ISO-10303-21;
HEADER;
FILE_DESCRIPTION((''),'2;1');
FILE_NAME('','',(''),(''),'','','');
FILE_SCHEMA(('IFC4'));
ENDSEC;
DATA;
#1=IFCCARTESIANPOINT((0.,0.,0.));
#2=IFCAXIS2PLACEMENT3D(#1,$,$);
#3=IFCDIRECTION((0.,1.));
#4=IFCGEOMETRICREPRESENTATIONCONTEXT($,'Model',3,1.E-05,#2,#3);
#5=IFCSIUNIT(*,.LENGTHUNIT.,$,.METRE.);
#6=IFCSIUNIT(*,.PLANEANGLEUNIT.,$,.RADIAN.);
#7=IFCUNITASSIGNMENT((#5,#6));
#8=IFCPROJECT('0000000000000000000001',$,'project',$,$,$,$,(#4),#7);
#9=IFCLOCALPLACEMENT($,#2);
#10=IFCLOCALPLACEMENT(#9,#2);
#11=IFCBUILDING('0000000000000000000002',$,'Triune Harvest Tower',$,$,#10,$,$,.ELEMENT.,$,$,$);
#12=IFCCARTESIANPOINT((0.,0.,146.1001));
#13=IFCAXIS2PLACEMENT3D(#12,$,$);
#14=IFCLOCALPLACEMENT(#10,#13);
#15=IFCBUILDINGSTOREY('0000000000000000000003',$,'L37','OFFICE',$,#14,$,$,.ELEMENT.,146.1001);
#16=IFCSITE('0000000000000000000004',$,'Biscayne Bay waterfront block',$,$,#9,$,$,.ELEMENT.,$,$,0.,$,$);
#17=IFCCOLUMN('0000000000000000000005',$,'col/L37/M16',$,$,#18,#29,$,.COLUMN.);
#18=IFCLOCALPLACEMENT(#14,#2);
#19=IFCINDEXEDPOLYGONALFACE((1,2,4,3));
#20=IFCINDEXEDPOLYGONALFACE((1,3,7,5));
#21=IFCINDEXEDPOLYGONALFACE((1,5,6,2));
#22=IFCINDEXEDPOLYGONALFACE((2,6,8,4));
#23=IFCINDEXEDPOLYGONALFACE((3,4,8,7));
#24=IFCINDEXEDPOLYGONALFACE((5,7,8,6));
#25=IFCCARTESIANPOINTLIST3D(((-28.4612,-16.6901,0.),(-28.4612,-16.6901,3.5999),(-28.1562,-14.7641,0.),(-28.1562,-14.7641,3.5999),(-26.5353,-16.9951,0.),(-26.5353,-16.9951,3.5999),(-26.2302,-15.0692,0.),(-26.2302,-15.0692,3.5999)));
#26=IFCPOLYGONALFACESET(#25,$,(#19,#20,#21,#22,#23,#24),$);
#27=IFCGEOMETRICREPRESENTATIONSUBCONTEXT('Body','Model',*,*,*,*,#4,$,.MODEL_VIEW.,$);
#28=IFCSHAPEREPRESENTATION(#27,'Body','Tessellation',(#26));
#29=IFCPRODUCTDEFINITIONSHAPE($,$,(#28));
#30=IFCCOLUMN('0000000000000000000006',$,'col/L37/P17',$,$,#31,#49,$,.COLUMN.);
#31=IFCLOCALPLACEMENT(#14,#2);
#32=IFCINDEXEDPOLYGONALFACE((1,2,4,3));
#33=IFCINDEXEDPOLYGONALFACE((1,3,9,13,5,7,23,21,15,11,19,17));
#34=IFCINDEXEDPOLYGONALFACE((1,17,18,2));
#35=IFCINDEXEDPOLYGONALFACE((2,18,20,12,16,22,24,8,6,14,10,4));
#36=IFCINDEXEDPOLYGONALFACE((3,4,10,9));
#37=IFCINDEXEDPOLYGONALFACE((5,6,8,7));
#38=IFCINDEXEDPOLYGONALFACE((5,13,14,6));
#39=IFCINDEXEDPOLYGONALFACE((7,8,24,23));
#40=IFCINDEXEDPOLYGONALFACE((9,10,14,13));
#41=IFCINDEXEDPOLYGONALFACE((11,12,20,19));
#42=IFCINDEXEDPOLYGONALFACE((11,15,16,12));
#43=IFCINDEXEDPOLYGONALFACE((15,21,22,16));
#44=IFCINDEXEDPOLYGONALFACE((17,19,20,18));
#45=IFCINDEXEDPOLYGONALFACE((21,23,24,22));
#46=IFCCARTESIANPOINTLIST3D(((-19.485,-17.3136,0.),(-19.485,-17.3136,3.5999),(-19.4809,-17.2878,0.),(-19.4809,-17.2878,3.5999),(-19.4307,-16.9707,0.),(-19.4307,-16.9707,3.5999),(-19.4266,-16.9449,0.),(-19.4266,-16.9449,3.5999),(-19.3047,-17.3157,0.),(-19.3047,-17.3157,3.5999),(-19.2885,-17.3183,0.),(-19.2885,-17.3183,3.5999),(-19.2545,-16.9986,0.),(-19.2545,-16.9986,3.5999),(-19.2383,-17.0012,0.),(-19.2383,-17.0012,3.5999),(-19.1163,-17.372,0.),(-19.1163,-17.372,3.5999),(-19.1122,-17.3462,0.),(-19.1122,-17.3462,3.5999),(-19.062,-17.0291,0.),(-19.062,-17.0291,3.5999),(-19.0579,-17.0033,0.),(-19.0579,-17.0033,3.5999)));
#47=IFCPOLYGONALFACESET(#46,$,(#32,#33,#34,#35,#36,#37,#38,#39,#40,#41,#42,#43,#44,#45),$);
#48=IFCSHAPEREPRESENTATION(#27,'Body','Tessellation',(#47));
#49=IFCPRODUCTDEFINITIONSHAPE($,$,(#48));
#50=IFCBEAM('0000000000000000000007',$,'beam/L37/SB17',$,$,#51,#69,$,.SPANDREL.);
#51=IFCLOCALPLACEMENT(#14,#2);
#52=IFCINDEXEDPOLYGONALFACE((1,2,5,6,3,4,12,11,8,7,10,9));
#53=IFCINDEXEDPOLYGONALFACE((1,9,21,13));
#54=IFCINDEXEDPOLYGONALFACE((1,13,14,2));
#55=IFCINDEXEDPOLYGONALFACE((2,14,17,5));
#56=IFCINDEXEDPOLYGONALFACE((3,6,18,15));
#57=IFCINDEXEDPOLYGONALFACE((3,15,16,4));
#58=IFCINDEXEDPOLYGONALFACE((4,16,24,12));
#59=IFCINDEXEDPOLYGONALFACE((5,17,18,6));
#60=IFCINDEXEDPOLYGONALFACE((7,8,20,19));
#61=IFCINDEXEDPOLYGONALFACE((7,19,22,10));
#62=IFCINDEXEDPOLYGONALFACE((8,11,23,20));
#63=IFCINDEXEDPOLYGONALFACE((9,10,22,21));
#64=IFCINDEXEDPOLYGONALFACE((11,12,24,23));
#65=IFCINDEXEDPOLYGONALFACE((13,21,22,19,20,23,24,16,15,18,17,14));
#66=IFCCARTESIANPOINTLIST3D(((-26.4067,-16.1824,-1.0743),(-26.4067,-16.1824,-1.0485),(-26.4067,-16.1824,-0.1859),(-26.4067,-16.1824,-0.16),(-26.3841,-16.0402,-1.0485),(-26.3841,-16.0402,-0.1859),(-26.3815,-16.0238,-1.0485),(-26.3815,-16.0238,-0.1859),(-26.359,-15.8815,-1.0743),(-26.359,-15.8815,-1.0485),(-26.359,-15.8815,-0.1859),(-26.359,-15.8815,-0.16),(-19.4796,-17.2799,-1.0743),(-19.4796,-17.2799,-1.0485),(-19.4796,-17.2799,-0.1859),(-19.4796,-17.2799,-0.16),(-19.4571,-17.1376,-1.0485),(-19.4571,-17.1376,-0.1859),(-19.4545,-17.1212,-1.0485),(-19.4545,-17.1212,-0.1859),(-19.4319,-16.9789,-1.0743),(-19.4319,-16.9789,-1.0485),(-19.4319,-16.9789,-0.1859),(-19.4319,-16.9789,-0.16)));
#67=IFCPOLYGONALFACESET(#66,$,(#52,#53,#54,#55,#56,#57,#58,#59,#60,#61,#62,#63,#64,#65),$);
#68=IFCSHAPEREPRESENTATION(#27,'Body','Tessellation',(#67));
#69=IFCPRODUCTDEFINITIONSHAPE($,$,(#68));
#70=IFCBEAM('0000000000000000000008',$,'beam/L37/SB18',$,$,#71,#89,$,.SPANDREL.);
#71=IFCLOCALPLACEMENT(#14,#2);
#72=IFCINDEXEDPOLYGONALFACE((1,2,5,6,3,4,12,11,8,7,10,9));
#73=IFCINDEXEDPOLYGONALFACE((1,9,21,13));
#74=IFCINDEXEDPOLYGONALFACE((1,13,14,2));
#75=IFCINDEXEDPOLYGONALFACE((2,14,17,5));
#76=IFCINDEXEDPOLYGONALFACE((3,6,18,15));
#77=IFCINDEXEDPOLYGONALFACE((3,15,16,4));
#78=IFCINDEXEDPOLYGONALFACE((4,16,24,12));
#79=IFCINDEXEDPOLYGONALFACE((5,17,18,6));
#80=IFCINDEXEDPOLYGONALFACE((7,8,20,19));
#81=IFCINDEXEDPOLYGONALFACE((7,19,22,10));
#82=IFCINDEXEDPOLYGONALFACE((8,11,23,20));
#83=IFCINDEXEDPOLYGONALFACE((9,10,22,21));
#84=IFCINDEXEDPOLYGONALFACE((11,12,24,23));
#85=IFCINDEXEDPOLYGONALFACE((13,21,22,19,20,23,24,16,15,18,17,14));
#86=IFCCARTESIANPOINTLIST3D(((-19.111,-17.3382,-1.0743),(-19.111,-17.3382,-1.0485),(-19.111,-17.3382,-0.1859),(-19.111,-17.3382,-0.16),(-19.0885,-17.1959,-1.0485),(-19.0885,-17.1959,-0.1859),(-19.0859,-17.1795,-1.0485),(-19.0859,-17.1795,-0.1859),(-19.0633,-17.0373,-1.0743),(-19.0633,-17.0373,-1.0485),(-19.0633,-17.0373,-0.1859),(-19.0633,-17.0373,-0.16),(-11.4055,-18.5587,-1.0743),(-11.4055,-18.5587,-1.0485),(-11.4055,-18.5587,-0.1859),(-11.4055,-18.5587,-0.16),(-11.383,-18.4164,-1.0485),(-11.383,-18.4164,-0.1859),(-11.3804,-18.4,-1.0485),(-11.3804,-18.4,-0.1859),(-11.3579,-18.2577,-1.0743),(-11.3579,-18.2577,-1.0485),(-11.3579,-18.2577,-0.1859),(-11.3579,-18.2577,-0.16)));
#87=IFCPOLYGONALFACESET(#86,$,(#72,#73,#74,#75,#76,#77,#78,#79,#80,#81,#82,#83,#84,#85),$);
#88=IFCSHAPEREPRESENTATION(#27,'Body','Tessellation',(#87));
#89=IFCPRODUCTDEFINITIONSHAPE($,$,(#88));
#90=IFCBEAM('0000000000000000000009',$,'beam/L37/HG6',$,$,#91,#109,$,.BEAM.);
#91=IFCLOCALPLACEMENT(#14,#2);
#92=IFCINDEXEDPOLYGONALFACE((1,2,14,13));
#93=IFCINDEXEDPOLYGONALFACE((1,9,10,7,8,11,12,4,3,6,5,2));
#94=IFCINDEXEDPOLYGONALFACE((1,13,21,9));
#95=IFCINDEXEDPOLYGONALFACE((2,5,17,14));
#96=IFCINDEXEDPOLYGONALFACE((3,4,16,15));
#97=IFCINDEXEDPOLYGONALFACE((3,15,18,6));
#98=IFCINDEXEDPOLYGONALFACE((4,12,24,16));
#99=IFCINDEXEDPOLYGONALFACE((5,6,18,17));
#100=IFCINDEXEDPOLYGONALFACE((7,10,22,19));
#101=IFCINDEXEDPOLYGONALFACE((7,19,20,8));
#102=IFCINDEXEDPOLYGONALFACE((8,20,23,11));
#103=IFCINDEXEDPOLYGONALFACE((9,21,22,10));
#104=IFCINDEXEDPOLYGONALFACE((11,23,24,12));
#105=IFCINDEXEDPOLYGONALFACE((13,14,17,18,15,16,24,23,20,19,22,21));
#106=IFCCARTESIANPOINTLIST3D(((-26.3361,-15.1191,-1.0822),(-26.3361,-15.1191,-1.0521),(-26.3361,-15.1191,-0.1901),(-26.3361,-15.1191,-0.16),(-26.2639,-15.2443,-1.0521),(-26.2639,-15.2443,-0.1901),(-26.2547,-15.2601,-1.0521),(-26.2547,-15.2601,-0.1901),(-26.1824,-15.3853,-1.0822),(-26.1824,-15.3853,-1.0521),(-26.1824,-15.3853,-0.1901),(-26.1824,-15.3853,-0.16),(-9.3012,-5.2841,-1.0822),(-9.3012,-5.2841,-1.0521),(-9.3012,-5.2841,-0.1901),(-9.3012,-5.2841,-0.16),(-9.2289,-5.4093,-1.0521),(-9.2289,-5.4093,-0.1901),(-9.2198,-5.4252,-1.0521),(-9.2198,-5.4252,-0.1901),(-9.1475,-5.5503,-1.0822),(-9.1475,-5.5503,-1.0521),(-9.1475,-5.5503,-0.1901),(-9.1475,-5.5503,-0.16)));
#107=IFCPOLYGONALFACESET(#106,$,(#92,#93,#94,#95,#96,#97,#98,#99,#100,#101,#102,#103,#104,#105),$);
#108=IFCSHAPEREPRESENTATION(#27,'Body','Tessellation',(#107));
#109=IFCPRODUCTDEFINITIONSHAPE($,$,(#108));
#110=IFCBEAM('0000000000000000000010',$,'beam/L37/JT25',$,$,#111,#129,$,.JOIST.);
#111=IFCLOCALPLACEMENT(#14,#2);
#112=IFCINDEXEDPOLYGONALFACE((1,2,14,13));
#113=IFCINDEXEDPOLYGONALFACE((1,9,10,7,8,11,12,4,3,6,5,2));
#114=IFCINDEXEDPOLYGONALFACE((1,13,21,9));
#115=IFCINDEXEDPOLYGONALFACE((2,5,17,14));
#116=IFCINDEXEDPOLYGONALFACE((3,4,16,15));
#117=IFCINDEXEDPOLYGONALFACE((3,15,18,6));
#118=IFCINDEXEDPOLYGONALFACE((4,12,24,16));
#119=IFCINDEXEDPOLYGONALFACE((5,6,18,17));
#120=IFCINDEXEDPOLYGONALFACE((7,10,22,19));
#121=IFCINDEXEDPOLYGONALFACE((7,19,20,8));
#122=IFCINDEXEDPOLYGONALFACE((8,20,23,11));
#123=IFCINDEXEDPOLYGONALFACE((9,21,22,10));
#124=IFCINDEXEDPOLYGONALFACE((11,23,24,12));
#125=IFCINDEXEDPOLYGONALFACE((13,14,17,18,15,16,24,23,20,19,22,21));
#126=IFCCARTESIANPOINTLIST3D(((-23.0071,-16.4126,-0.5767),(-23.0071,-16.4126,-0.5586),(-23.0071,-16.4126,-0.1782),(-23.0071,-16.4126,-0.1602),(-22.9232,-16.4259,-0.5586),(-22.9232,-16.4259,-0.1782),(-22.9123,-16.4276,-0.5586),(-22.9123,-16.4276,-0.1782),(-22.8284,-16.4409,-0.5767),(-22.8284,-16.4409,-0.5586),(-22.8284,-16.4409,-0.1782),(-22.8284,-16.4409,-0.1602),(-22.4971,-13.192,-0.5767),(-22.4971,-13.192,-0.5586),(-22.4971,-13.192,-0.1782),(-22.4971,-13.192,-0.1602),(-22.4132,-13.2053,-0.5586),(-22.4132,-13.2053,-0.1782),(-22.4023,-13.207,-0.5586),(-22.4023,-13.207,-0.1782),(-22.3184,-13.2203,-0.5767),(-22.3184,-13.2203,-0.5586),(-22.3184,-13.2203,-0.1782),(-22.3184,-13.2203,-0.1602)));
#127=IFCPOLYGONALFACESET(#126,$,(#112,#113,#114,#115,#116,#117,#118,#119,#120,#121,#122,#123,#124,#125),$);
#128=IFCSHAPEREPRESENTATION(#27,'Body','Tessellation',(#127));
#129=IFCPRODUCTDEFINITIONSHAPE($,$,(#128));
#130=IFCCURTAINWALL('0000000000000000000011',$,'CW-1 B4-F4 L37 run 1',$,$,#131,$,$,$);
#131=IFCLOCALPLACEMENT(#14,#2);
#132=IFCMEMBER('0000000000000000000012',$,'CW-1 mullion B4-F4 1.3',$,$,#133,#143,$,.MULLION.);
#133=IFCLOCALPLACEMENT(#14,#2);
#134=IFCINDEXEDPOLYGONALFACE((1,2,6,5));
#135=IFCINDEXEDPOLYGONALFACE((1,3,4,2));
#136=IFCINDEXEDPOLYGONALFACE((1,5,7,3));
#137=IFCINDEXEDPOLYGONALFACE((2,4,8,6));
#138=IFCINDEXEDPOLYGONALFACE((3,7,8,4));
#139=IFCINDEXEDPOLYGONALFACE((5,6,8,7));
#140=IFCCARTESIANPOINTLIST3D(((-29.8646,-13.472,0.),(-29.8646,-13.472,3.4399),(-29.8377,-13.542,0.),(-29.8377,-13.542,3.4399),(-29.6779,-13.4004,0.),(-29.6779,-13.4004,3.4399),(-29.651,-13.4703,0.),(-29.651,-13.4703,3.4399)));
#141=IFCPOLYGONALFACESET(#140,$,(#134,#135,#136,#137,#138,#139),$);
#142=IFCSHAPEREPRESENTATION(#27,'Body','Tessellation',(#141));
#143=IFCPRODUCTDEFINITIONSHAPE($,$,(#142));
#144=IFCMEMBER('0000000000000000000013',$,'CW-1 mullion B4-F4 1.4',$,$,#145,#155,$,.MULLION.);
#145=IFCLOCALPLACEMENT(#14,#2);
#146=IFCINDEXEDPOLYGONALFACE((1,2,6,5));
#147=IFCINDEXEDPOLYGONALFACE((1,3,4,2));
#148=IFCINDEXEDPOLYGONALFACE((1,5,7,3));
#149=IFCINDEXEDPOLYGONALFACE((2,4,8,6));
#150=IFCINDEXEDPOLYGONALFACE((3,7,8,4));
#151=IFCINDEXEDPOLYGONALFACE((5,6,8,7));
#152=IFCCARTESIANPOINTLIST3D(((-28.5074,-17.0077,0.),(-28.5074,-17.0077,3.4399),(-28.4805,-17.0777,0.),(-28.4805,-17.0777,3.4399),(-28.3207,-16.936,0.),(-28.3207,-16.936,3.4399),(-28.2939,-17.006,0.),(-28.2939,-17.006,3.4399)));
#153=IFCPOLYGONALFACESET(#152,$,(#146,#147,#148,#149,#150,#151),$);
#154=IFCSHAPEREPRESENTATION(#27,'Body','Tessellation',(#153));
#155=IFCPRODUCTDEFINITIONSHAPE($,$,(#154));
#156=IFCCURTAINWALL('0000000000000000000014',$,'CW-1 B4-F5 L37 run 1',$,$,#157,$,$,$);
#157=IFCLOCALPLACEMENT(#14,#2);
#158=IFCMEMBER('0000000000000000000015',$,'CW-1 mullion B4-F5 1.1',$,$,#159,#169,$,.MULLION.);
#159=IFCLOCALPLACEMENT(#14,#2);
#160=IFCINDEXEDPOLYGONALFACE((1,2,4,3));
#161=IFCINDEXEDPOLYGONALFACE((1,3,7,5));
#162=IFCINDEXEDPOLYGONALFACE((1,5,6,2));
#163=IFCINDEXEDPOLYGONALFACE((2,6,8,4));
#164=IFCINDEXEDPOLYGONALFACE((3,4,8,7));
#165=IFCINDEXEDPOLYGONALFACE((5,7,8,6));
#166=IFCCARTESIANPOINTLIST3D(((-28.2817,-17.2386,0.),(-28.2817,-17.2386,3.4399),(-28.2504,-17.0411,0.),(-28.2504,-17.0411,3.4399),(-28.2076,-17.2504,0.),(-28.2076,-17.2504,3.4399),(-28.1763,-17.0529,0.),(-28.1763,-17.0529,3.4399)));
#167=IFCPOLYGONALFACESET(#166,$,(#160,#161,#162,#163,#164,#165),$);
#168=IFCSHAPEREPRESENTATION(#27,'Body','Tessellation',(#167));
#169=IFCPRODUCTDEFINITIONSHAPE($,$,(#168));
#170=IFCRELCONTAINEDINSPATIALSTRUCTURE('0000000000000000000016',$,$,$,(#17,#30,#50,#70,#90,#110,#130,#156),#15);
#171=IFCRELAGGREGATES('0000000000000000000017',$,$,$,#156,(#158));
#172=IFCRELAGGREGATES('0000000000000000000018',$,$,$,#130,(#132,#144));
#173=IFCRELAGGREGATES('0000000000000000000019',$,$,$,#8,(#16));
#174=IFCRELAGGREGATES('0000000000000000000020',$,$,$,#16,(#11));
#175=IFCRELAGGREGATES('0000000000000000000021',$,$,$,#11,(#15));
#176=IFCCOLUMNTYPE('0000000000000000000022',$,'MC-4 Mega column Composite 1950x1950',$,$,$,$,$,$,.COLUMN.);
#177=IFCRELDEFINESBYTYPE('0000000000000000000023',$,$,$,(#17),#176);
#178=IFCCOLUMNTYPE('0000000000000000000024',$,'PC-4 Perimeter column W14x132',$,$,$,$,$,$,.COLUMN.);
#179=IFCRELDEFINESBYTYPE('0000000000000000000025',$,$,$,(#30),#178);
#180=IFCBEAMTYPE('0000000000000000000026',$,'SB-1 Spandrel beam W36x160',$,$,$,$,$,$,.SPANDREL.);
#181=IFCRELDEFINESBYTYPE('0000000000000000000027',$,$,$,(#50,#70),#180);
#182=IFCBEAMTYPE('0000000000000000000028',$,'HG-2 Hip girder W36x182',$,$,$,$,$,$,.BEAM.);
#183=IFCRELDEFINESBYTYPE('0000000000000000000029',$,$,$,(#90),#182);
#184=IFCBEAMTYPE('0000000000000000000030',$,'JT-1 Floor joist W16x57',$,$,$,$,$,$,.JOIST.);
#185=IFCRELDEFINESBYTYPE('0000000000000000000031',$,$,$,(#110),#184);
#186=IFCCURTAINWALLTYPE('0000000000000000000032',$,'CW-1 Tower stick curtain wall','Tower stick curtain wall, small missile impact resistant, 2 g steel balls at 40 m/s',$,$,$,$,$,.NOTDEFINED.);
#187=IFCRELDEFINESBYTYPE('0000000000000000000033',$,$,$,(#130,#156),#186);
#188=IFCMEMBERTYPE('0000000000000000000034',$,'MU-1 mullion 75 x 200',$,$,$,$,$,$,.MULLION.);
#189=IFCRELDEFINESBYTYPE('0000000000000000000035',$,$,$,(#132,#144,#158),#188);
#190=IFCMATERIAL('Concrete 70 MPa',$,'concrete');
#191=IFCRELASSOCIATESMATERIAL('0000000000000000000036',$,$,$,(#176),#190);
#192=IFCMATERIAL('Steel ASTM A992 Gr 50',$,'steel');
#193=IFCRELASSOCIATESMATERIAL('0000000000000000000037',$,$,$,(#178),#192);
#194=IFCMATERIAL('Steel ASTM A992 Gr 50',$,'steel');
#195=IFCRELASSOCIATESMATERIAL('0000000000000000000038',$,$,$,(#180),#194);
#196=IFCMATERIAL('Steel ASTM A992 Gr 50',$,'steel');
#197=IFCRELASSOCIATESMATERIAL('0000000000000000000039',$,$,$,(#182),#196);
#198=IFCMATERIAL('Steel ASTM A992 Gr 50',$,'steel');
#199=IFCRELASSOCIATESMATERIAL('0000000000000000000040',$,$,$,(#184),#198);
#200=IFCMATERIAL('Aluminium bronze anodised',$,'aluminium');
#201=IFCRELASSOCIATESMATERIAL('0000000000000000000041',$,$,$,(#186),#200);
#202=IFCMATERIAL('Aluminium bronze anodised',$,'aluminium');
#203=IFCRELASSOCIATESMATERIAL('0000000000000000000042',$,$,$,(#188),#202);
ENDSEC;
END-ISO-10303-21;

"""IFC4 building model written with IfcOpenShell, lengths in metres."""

from ifc_helpers import new_model, si_unit, direction, frame, origin, origin_2d, place, context, subcontext, project, spatial, rectangle, i_section, extrude, source, transform, mapped, material, material_profile, profile_set, type_object, element, aggregate, save


model = new_model("IFC4")

# Units and contexts
model_context = context("Model", 3, precision=1e-05, world=origin(), true_north=direction((0.0, 1.0)))
body_context = subcontext(model_context, "Body", "Model", "MODEL_VIEW")
ifc_project = project(units=[si_unit("LENGTHUNIT", "METRE"), si_unit("PLANEANGLEUNIT", "RADIAN")], contexts=[model_context])

# Site, building, storey
site_placement = place(None, origin())
site = spatial("IfcSite", under=ifc_project, at=site_placement, Name="Biscayne Bay waterfront block", CompositionType="ELEMENT", RefElevation=0.0)
building_placement = place(site_placement, origin())
building = spatial("IfcBuilding", under=site, at=building_placement, Name="Triune Harvest Tower", CompositionType="ELEMENT")
storey_placement = place(building_placement, frame((0.0, 0.0, 146.1001)))
storey = spatial("IfcBuildingStorey", under=building, at=storey_placement, Name="L37", Description="OFFICE", CompositionType="ELEMENT", Elevation=146.1001)

# Columns
ifc_material_1 = material(Name="Concrete 70 MPa", Category="concrete")
ifc_material_profile_1 = material_profile(ifc_material_1, rectangle(XDim=1.95, YDim=1.95, at=origin_2d()), Name="Composite 1950x1950")
ifc_profile_set_1 = profile_set([ifc_material_profile_1], Name="Concrete 70 MPa")
column_type_1 = type_object("IfcColumnType", Name="MC-4 Mega column Composite 1950x1950", PredefinedType="COLUMN", material=ifc_profile_set_1)
shared_shape_1 = source(origin(), body_context, "Body", "SweptSolid", [
    extrude(rectangle(XDim=1.95, YDim=1.95, at=origin_2d()), origin(), (0.0, 0.0, 1.0), 3.5999),
])
column_1_placement = place(storey_placement, frame((-27.3457, -15.8796, 0.0), z_axis=(0.0, 0.0, 1.0), x_axis=(0.987688, -0.156434, 0.0)))
element("IfcColumn", 1, at=column_1_placement, inside=storey, type_object=column_type_1, Name="col/L37/M16", PredefinedType="COLUMN", context=body_context, shape_type="MappedRepresentation", body=[
    mapped(shared_shape_1, transform((0.0, 0.0, 0.0), scale=1.0)),
])
ifc_material_2 = material(Name="Steel ASTM A992 Gr 50", Category="steel")
ifc_material_profile_2 = material_profile(ifc_material_2, i_section(OverallWidth=0.3733, OverallDepth=0.3733, WebThickness=0.0164, FlangeThickness=0.0261, at=origin_2d()), Name="W14x132")
ifc_profile_set_2 = profile_set([ifc_material_profile_2], Name="Steel ASTM A992 Gr 50")
column_type_2 = type_object("IfcColumnType", Name="PC-4 Perimeter column W14x132", PredefinedType="COLUMN", material=ifc_profile_set_2)
shared_shape_2 = source(origin(), body_context, "Body", "SweptSolid", [
    extrude(i_section(OverallWidth=0.3733, OverallDepth=0.3733, WebThickness=0.0164, FlangeThickness=0.0261, at=origin_2d()), origin(), (0.0, 0.0, 1.0), 3.5999),
])
column_2_placement = place(storey_placement, frame((-19.2715, -17.1584, 0.0), z_axis=(0.0, 0.0, 1.0), x_axis=(0.987688, -0.156434, 0.0)))
element("IfcColumn", 2, at=column_2_placement, inside=storey, type_object=column_type_2, Name="col/L37/P17", PredefinedType="COLUMN", context=body_context, shape_type="MappedRepresentation", body=[
    mapped(shared_shape_2, transform((0.0, 0.0, 0.0), scale=1.0)),
])

# Beams
ifc_material_3 = material(Name="Steel ASTM A992 Gr 50", Category="steel")
ifc_material_profile_3 = material_profile(ifc_material_3, i_section(OverallWidth=0.3047, OverallDepth=0.9143, WebThickness=0.0166, FlangeThickness=0.0259, at=origin_2d()), Name="W36x160")
ifc_profile_set_3 = profile_set([ifc_material_profile_3], Name="Steel ASTM A992 Gr 50")
beam_type_1 = type_object("IfcBeamType", Name="SB-1 Spandrel beam W36x160", PredefinedType="SPANDREL", material=ifc_profile_set_3)
shared_shape_3 = source(origin(), body_context, "Body", "SweptSolid", [
    extrude(i_section(OverallWidth=0.3047, OverallDepth=0.9143, WebThickness=0.0166, FlangeThickness=0.0259, at=origin_2d()), origin(), (0.0, 0.0, 1.0), 7.0134),
])
beam_1_placement = place(storey_placement, frame((-26.3828, -16.032, -0.6172), z_axis=(0.987682, -0.156474, 0.0), x_axis=(0.156474, 0.987682, 0.0)))
element("IfcBeam", 3, at=beam_1_placement, inside=storey, type_object=beam_type_1, Name="beam/L37/SB17", PredefinedType="SPANDREL", context=body_context, shape_type="MappedRepresentation", body=[
    mapped(shared_shape_3, transform((0.0, 0.0, 0.0), scale=1.0)),
])
shared_shape_4 = source(origin(), body_context, "Body", "SweptSolid", [
    extrude(i_section(OverallWidth=0.3047, OverallDepth=0.9143, WebThickness=0.0166, FlangeThickness=0.0259, at=origin_2d()), origin(), (0.0, 0.0, 1.0), 7.8015),
])
beam_2_placement = place(storey_placement, frame((-19.0872, -17.1877, -0.6172), z_axis=(0.987688, -0.156437, 0.0), x_axis=(0.156437, 0.987688, 0.0)))
element("IfcBeam", 4, at=beam_2_placement, inside=storey, type_object=beam_type_1, Name="beam/L37/SB18", PredefinedType="SPANDREL", context=body_context, shape_type="MappedRepresentation", body=[
    mapped(shared_shape_4, transform((0.0, 0.0, 0.0), scale=1.0)),
])
ifc_material_4 = material(Name="Steel ASTM A992 Gr 50", Category="steel")
ifc_material_profile_4 = material_profile(ifc_material_4, i_section(OverallWidth=0.3074, OverallDepth=0.9221, WebThickness=0.0183, FlangeThickness=0.03, at=origin_2d()), Name="W36x182")
ifc_profile_set_4 = profile_set([ifc_material_profile_4], Name="Steel ASTM A992 Gr 50")
beam_type_2 = type_object("IfcBeamType", Name="HG-2 Hip girder W36x182", PredefinedType="BEAM", material=ifc_profile_set_4)
shared_shape_5 = source(origin(), body_context, "Body", "SweptSolid", [
    extrude(i_section(OverallWidth=0.3074, OverallDepth=0.9221, WebThickness=0.0183, FlangeThickness=0.03, at=origin_2d()), origin(), (0.0, 0.0, 1.0), 19.6702),
])
beam_3_placement = place(storey_placement, frame((-26.2593, -15.2522, -0.6211), z_axis=(0.866029, 0.499994, 0.0), x_axis=(-0.499994, 0.866029, 0.0)))
element("IfcBeam", 5, at=beam_3_placement, inside=storey, type_object=beam_type_2, Name="beam/L37/HG6", PredefinedType="BEAM", context=body_context, shape_type="MappedRepresentation", body=[
    mapped(shared_shape_5, transform((0.0, 0.0, 0.0), scale=1.0)),
])
ifc_material_5 = material(Name="Steel ASTM A992 Gr 50", Category="steel")
ifc_material_profile_5 = material_profile(ifc_material_5, i_section(OverallWidth=0.1809, OverallDepth=0.4165, WebThickness=0.011, FlangeThickness=0.0181, at=origin_2d()), Name="W16x57")
ifc_profile_set_5 = profile_set([ifc_material_profile_5], Name="Steel ASTM A992 Gr 50")
beam_type_3 = type_object("IfcBeamType", Name="JT-1 Floor joist W16x57", PredefinedType="JOIST", material=ifc_profile_set_5)
shared_shape_6 = source(origin(), body_context, "Body", "SweptSolid", [
    extrude(i_section(OverallWidth=0.1809, OverallDepth=0.4165, WebThickness=0.011, FlangeThickness=0.0181, at=origin_2d()), origin(), (0.0, 0.0, 1.0), 3.2607),
])
beam_4_placement = place(storey_placement, frame((-22.9177, -16.4268, -0.3684), z_axis=(0.156405, 0.987693, 0.0), x_axis=(-0.987693, 0.156405, 0.0)))
element("IfcBeam", 6, at=beam_4_placement, inside=storey, type_object=beam_type_3, Name="beam/L37/JT25", PredefinedType="JOIST", context=body_context, shape_type="MappedRepresentation", body=[
    mapped(shared_shape_6, transform((0.0, 0.0, 0.0), scale=1.0)),
])

# Curtain walls, members
ifc_material_6 = material(Name="Aluminium bronze anodised", Category="aluminium")
curtain_wall_type_1 = type_object("IfcCurtainWallType", Name="CW-1 Tower stick curtain wall", Description="Tower stick curtain wall, small missile impact resistant, 2 g steel balls at 40 m/s", PredefinedType="NOTDEFINED", material=ifc_material_6)
curtain_wall_1_placement = place(storey_placement, origin())
curtain_wall_1 = element("IfcCurtainWall", 7, at=curtain_wall_1_placement, inside=storey, type_object=curtain_wall_type_1, Name="CW-1 B4-F4 L37 run 1")
ifc_material_7 = material(Name="Aluminium bronze anodised", Category="aluminium")
ifc_material_profile_6 = material_profile(ifc_material_7, rectangle(XDim=0.2, YDim=0.075, at=origin_2d()), Name="MU-1 mullion 75 x 200")
ifc_profile_set_6 = profile_set([ifc_material_profile_6], Name="Aluminium bronze anodised")
member_type_1 = type_object("IfcMemberType", Name="MU-1 mullion 75 x 200", PredefinedType="MULLION", material=ifc_profile_set_6)
shared_shape_7 = source(origin(), body_context, "Body", "SweptSolid", [
    extrude(rectangle(XDim=0.2, YDim=0.075, at=origin_2d()), origin(), (0.0, 0.0, 1.0), 3.4399),
])
member_1_placement = place(storey_placement, frame((-29.7578, -13.4712, 0.0), z_axis=(0.0, 0.0, 1.0), x_axis=(0.93358, 0.358369, 0.0)))
member_1 = element("IfcMember", 8, at=member_1_placement, type_object=member_type_1, Name="CW-1 mullion B4-F4 1.3", PredefinedType="MULLION", context=body_context, shape_type="MappedRepresentation", body=[
    mapped(shared_shape_7, transform((0.0, 0.0, 0.0), scale=1.0)),
])
member_2_placement = place(storey_placement, frame((-28.4006, -17.0068, 0.0), z_axis=(0.0, 0.0, 1.0), x_axis=(0.93358, 0.358369, 0.0)))
member_2 = element("IfcMember", 9, at=member_2_placement, type_object=member_type_1, Name="CW-1 mullion B4-F4 1.4", PredefinedType="MULLION", context=body_context, shape_type="MappedRepresentation", body=[
    mapped(shared_shape_7, transform((0.0, 0.0, 0.0), scale=1.0)),
])
curtain_wall_2_placement = place(storey_placement, origin())
curtain_wall_2 = element("IfcCurtainWall", 10, at=curtain_wall_2_placement, inside=storey, type_object=curtain_wall_type_1, Name="CW-1 B4-F5 L37 run 1")
member_3_placement = place(storey_placement, frame((-28.229, -17.1458, 0.0), z_axis=(0.0, 0.0, 1.0), x_axis=(0.156444, 0.987687, 0.0)))
member_3 = element("IfcMember", 11, at=member_3_placement, type_object=member_type_1, Name="CW-1 mullion B4-F5 1.1", PredefinedType="MULLION", context=body_context, shape_type="MappedRepresentation", body=[
    mapped(shared_shape_7, transform((0.0, 0.0, 0.0), scale=1.0)),
])

aggregate(curtain_wall_2, [member_3])
aggregate(curtain_wall_1, [member_1, member_2])

save(model, "model.ifc")
